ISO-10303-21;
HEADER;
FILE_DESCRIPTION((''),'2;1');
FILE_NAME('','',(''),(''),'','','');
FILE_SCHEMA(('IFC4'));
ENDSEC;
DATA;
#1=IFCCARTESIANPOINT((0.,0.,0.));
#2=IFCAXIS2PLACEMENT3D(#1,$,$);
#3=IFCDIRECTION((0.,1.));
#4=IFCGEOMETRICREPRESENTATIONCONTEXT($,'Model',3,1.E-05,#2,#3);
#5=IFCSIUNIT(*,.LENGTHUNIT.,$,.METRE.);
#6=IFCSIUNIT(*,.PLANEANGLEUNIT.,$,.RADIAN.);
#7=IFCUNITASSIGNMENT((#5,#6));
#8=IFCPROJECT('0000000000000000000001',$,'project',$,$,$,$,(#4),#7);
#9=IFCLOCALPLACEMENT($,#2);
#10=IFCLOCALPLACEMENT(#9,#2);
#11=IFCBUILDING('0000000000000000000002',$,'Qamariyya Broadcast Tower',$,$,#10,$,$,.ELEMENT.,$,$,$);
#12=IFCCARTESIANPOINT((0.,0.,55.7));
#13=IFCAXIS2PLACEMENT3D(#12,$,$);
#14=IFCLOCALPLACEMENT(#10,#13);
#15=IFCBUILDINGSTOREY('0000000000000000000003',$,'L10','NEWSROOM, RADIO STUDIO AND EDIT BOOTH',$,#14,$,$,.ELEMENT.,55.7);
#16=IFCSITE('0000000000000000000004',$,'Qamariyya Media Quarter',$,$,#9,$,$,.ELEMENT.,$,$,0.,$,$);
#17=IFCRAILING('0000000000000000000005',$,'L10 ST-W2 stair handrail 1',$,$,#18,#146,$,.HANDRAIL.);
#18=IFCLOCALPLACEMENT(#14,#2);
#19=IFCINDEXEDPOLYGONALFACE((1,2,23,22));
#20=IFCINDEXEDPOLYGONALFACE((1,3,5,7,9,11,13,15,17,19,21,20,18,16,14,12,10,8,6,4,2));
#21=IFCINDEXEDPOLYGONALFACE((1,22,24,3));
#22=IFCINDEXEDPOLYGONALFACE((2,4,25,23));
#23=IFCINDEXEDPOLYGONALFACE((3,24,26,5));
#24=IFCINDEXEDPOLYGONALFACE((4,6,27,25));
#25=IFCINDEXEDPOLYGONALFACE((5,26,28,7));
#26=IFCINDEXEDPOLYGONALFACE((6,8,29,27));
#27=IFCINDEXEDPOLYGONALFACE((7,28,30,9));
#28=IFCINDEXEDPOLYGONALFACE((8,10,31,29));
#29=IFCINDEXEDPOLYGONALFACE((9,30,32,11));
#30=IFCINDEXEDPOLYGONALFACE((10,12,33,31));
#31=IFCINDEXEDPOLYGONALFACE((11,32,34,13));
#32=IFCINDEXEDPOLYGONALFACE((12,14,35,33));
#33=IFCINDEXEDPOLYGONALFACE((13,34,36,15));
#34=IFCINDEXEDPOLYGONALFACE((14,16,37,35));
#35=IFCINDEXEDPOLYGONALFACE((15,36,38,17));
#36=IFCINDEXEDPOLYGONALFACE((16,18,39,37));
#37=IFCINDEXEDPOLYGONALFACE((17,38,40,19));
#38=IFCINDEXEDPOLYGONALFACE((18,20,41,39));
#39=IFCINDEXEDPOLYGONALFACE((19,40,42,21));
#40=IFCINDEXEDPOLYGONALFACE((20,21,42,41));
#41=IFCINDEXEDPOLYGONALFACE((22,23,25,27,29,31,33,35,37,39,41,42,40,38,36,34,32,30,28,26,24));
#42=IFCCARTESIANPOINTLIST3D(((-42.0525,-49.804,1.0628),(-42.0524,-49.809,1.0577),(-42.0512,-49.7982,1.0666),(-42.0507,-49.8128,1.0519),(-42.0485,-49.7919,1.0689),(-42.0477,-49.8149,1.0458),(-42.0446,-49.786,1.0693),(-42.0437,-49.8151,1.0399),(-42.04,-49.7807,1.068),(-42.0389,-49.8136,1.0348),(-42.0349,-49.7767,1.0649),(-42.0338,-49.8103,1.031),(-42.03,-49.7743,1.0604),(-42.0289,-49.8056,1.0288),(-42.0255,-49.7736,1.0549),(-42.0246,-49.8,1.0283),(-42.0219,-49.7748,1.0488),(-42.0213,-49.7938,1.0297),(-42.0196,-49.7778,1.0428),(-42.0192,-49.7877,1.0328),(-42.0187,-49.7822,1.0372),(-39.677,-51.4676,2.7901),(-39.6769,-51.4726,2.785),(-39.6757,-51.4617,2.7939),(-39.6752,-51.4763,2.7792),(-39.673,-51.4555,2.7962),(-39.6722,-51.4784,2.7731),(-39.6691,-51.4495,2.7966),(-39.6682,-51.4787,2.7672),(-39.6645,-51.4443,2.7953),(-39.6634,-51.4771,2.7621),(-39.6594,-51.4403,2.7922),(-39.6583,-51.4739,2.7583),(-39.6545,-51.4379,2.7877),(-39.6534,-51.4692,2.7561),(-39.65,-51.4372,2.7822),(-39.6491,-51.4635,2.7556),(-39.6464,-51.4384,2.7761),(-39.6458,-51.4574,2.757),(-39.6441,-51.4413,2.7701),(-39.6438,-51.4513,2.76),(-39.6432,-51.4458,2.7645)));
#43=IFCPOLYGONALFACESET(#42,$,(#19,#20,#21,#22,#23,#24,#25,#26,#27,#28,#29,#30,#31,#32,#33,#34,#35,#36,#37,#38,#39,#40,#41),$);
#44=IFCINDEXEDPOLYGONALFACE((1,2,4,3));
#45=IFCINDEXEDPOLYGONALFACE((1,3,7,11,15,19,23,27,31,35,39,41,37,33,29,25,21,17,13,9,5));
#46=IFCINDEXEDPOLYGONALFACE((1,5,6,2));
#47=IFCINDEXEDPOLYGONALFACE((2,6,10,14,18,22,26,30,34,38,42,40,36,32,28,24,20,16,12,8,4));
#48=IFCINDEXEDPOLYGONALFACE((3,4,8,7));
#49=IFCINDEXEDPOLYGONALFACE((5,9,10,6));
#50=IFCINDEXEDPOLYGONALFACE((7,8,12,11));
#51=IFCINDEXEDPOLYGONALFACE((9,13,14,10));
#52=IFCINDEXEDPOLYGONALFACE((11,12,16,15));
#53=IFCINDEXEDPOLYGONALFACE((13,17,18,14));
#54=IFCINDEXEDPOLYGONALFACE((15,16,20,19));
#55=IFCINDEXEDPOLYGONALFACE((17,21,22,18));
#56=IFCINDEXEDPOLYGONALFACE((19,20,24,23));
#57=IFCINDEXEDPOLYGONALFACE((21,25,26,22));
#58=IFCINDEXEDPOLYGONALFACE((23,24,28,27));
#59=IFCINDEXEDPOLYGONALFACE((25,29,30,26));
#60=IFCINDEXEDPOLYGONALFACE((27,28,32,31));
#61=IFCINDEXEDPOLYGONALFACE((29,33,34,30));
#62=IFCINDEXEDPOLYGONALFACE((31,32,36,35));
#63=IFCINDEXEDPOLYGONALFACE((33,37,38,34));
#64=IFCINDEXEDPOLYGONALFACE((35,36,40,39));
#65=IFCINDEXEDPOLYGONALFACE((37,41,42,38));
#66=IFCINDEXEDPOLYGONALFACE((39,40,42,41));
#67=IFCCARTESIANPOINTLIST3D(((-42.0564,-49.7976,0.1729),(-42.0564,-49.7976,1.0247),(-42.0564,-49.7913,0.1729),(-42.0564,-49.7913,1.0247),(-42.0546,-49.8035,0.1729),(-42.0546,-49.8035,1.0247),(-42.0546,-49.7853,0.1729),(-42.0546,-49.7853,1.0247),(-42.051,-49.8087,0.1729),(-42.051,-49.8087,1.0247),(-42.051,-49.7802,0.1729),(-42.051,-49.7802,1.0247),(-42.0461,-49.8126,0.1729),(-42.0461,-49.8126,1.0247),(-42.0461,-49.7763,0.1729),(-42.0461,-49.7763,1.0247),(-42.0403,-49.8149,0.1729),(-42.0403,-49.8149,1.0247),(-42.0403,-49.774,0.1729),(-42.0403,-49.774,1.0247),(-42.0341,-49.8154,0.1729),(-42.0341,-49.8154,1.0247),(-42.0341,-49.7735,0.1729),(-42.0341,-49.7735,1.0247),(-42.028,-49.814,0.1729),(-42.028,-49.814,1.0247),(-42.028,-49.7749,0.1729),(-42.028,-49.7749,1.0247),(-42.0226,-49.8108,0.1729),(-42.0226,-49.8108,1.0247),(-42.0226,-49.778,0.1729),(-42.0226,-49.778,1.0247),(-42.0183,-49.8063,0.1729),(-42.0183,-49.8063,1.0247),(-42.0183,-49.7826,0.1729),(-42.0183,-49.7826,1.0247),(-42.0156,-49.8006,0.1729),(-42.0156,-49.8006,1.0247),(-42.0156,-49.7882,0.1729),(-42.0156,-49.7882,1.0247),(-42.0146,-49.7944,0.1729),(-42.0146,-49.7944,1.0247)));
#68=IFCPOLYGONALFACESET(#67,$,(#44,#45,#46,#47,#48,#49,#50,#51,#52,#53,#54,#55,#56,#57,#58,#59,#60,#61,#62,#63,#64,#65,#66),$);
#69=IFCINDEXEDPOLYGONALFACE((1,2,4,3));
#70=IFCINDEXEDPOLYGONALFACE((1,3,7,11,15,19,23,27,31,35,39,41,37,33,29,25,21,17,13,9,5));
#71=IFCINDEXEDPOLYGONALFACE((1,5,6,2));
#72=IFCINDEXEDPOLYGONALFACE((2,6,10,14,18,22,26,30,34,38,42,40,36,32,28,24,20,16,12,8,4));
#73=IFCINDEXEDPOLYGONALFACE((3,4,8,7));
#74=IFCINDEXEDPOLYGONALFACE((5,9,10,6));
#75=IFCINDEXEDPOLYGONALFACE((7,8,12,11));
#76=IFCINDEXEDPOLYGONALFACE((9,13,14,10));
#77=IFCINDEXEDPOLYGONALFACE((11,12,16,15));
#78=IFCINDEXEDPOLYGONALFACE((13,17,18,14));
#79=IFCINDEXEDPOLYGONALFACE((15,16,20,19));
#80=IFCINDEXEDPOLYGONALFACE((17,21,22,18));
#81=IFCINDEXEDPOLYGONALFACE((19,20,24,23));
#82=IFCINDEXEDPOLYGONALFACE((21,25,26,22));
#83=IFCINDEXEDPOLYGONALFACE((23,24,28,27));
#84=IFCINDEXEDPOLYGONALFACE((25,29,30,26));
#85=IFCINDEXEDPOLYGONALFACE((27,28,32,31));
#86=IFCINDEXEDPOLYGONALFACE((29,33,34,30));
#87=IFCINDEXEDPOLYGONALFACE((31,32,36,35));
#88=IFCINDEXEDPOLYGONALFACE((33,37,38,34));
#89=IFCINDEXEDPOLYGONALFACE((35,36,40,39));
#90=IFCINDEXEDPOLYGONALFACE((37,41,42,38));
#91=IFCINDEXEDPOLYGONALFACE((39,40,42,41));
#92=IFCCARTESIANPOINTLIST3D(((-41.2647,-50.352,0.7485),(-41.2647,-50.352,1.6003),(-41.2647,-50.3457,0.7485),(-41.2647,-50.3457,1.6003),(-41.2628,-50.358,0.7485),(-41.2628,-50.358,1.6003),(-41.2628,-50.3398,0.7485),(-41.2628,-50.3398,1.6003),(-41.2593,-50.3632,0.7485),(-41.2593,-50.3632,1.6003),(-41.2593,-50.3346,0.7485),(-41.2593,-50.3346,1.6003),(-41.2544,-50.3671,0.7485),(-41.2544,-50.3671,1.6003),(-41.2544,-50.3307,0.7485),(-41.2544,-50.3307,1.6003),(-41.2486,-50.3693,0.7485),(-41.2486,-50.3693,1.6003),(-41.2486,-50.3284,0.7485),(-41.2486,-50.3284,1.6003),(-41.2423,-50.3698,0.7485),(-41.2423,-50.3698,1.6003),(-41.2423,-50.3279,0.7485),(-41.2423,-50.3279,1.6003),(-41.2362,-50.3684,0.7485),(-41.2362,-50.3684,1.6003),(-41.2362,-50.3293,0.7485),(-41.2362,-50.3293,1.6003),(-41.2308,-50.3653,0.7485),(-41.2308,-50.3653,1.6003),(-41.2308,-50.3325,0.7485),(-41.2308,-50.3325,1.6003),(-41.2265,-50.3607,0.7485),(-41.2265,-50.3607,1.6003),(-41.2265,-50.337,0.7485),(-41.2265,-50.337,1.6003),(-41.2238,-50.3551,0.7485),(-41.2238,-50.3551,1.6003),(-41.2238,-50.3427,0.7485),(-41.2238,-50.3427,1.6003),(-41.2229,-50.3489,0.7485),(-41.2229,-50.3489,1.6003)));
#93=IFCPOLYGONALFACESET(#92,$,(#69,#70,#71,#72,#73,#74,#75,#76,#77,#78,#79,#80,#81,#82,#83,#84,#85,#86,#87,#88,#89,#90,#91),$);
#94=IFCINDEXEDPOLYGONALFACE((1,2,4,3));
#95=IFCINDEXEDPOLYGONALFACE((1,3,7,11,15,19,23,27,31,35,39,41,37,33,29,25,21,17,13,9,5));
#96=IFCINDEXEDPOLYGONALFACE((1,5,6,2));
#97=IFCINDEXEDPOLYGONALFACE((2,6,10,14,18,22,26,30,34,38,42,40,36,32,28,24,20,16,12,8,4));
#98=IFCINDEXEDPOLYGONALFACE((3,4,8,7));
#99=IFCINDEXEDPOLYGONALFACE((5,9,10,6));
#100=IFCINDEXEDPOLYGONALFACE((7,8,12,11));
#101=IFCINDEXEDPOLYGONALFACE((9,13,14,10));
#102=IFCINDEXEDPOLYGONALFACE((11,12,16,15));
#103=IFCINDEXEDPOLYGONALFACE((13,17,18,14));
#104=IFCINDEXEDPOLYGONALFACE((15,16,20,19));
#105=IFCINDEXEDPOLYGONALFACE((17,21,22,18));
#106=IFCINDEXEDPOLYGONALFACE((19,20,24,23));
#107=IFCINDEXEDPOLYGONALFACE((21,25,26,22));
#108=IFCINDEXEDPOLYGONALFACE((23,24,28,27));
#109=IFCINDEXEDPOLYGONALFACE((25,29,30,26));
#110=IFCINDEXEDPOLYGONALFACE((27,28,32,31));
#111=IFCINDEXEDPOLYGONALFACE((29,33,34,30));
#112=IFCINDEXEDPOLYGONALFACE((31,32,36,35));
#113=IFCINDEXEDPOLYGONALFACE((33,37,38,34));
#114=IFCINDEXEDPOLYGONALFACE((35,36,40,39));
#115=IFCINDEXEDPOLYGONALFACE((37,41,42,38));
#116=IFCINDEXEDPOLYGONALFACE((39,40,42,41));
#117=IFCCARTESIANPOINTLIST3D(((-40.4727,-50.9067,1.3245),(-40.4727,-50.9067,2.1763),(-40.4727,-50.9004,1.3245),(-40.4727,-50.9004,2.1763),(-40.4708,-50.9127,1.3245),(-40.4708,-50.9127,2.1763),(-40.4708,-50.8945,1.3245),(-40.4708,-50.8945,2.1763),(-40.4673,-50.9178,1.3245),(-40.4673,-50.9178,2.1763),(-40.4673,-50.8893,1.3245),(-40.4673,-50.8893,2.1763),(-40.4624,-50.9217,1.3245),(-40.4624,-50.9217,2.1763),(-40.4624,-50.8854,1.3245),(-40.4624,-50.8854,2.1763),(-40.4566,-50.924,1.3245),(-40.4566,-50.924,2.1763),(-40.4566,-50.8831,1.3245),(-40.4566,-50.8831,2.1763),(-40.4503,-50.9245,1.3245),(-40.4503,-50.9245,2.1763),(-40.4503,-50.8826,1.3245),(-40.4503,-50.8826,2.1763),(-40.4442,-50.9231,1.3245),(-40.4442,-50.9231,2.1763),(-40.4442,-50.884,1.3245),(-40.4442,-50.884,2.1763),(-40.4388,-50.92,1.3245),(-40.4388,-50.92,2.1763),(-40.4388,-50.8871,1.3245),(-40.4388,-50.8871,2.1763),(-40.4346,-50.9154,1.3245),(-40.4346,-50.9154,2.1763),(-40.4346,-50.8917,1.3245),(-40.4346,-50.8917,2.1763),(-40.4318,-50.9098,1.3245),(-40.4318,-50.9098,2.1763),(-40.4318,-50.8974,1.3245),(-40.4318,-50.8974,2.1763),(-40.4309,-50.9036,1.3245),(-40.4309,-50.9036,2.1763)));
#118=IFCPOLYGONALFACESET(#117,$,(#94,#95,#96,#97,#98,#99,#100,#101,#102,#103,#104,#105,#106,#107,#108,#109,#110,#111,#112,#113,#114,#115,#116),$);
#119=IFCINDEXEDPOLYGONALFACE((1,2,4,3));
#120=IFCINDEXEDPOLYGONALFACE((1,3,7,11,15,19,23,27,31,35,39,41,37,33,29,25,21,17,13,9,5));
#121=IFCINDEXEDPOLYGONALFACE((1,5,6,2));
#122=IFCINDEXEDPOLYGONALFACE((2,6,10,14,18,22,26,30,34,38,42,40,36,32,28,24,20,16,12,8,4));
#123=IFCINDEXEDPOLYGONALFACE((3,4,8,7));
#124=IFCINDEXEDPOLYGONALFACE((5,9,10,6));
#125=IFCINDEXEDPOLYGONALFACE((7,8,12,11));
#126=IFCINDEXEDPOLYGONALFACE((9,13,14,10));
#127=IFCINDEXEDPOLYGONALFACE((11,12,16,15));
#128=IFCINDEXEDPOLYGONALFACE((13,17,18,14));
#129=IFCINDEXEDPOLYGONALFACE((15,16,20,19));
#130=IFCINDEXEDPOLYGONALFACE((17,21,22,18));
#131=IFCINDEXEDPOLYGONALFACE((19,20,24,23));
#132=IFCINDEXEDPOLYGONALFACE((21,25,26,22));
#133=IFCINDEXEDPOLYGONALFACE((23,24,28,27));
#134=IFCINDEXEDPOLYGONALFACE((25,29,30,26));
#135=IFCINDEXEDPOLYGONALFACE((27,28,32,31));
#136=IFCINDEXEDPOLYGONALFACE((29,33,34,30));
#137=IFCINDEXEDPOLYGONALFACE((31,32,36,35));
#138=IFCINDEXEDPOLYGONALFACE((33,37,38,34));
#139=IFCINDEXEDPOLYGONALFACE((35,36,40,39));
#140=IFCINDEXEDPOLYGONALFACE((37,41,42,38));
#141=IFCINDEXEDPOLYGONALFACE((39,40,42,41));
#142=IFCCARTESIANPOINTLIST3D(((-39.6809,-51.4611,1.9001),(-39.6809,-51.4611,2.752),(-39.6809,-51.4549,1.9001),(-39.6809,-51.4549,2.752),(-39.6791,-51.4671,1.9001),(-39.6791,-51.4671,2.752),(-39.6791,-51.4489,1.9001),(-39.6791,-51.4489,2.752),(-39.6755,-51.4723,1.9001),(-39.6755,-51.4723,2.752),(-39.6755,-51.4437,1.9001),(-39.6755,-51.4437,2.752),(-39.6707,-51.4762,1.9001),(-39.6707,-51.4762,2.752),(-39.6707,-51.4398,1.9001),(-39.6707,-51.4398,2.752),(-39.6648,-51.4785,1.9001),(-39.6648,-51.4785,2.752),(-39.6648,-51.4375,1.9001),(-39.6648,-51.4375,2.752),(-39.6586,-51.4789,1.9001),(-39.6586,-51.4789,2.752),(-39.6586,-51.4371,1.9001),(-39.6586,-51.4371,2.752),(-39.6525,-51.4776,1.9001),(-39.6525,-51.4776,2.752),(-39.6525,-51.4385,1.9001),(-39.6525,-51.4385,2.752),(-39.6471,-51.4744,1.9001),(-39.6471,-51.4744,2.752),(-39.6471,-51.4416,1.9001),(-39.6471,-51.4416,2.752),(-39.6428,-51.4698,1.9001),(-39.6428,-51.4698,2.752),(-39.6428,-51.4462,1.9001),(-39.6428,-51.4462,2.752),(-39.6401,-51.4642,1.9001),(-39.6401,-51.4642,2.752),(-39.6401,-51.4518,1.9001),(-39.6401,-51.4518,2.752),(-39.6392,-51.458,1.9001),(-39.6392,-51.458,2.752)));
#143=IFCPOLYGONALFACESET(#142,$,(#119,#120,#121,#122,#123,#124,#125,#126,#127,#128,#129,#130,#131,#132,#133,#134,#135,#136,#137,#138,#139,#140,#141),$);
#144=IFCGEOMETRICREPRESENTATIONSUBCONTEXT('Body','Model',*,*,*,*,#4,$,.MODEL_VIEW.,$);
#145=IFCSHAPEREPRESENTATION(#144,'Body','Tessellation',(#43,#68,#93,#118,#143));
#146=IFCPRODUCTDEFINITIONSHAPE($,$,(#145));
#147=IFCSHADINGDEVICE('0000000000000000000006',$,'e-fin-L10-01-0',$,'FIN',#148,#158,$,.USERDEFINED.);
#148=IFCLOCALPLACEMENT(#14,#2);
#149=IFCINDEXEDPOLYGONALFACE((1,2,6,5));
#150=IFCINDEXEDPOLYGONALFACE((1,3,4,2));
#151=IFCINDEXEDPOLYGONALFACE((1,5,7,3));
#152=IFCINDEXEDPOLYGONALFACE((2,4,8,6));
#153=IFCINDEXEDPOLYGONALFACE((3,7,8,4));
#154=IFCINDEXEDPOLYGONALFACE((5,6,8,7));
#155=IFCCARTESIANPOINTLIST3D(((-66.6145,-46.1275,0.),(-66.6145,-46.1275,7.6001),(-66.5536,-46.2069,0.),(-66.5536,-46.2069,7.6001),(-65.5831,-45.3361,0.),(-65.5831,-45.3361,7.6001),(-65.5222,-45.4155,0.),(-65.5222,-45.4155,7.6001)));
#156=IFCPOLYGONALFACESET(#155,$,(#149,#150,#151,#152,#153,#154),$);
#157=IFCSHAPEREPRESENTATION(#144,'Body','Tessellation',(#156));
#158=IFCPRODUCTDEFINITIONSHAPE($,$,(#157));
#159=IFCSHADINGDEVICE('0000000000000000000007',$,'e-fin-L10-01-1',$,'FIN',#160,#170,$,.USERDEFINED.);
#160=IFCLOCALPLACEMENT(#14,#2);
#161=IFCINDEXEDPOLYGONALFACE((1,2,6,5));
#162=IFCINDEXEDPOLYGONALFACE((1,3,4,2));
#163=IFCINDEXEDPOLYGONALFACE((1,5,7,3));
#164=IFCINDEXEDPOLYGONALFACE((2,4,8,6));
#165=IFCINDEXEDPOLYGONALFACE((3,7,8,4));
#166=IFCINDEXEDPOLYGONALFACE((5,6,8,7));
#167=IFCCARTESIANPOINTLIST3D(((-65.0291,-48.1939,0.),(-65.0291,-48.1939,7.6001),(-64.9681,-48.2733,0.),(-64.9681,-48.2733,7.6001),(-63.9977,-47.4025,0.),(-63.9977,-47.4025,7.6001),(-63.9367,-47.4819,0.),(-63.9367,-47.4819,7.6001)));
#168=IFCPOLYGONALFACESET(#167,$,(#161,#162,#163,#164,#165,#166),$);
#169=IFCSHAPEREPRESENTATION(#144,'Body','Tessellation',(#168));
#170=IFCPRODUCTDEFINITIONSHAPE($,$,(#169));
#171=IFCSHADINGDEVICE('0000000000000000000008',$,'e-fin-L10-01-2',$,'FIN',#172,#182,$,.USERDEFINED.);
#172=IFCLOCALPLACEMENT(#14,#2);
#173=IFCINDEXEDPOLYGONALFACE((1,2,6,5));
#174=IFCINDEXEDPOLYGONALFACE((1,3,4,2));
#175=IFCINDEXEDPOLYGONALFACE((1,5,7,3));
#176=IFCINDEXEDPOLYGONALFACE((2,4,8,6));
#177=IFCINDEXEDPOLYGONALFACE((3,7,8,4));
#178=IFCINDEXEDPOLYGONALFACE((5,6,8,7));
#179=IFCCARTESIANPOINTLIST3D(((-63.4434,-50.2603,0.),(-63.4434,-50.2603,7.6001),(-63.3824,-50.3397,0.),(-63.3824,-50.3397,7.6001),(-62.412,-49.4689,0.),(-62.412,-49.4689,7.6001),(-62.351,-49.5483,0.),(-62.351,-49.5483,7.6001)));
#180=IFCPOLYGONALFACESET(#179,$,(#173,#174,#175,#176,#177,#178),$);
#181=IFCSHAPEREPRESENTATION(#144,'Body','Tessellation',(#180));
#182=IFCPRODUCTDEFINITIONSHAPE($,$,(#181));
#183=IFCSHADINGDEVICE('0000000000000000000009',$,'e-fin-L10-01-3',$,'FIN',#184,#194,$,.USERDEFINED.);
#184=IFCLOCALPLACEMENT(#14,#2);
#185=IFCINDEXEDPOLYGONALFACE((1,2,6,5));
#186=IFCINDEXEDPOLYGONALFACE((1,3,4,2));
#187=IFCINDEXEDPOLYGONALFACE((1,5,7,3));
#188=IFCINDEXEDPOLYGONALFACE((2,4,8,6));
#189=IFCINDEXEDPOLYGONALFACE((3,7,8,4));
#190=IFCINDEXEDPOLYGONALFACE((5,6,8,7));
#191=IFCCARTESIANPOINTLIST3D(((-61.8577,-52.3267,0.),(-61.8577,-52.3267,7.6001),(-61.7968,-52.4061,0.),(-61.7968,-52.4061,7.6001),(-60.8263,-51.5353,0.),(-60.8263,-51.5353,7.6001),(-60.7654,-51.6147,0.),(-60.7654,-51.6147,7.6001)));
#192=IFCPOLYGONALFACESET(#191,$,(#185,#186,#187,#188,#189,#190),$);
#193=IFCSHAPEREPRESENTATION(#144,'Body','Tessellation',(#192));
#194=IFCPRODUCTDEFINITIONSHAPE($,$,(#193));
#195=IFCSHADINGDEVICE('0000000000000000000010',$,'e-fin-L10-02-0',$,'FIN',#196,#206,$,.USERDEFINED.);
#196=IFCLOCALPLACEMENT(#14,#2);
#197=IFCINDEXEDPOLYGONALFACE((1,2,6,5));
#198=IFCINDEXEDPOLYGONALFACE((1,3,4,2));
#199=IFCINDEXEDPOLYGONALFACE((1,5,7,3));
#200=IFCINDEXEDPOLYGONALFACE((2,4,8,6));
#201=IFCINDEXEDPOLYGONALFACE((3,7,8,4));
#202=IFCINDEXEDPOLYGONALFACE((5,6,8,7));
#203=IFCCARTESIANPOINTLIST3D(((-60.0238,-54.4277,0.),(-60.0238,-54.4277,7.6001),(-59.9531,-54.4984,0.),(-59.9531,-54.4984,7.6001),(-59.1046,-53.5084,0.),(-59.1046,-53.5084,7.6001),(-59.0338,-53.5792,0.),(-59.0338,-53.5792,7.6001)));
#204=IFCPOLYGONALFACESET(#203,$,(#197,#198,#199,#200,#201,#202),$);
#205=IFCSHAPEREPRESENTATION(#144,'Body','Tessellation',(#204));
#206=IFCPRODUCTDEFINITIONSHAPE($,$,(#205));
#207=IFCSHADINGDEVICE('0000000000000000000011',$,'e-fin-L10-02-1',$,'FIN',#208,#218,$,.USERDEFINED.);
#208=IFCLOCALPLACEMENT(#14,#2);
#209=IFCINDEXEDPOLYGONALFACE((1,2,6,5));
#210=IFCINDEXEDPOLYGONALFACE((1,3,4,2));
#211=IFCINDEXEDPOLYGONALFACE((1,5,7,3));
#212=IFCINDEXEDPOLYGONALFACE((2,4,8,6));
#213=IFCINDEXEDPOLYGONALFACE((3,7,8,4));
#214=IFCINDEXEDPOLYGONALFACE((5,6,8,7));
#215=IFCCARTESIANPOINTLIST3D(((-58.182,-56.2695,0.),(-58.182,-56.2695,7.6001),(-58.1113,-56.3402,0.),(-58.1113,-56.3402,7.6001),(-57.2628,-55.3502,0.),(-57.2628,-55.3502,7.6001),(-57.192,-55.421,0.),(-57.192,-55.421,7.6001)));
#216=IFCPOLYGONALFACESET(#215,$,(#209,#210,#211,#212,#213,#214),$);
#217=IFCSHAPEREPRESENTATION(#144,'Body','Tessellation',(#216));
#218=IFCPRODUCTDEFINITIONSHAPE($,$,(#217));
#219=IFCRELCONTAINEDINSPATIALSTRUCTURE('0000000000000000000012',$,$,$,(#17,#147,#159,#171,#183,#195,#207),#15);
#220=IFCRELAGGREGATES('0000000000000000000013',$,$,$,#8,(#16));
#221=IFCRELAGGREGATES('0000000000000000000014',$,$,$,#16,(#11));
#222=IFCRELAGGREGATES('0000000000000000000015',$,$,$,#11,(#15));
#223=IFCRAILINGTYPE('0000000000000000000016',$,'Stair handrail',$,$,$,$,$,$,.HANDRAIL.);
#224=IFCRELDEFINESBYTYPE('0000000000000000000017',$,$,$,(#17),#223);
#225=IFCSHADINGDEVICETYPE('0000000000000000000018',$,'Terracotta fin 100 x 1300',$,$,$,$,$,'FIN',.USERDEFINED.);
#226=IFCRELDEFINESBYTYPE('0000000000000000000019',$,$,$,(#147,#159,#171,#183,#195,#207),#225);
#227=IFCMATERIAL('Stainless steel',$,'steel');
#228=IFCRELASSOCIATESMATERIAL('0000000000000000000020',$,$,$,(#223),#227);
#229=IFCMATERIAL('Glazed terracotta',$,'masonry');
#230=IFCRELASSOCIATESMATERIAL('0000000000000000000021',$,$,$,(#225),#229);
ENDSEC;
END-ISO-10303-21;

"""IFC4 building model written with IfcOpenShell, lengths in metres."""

from ifc_helpers import new_model, si_unit, direction, frame, origin, origin_2d, place, context, subcontext, project, spatial, rectangle, circle, extrude, material, material_profile, profile_set, type_object, element, save


model = new_model("IFC4")

# Units and contexts
model_context = context("Model", 3, precision=1e-05, world=origin(), true_north=direction((0.0, 1.0)))
body_context = subcontext(model_context, "Body", "Model", "MODEL_VIEW")
ifc_project = project(units=[si_unit("LENGTHUNIT", "METRE"), si_unit("PLANEANGLEUNIT", "RADIAN")], contexts=[model_context])

# Site, building, storey
site_placement = place(None, origin())
site = spatial("IfcSite", under=ifc_project, at=site_placement, Name="Qamariyya Media Quarter", CompositionType="ELEMENT", RefElevation=0.0)
building_placement = place(site_placement, origin())
building = spatial("IfcBuilding", under=site, at=building_placement, Name="Qamariyya Broadcast Tower", CompositionType="ELEMENT")
storey_placement = place(building_placement, frame((0.0, 0.0, 55.7)))
storey = spatial("IfcBuildingStorey", under=building, at=storey_placement, Name="L10", Description="NEWSROOM, RADIO STUDIO AND EDIT BOOTH", CompositionType="ELEMENT", Elevation=55.7)

# Railing
ifc_material_1 = material(Name="Stainless steel", Category="steel")
railing_type_1 = type_object("IfcRailingType", Name="Stair handrail", PredefinedType="HANDRAIL", material=ifc_material_1)
railing_1_placement = place(storey_placement, frame((-42.0356, -49.7944, 0.1729)))
element("IfcRailing", 1, at=railing_1_placement, inside=storey, type_object=railing_type_1, Name="L10 ST-W2 stair handrail 1", PredefinedType="HANDRAIL", context=body_context, shape_type="SweptSolid", body=[
    extrude(circle(Radius=0.0239, at=origin_2d()), frame((0.0, 0.0, 0.876), z_axis=(0.703745, -0.492838, 0.511716), x_axis=(0.573632, 0.819113, 0.0)), (0.0, 0.0, 1.0), 3.3755),
    extrude(circle(Radius=0.021, at=origin_2d()), origin(), (0.0, 0.0, 1.0), 0.8518),
    extrude(circle(Radius=0.021, at=origin_2d()), frame((0.7917, -0.5544, 0.5757)), (0.0, 0.0, 1.0), 0.8518),
    extrude(circle(Radius=0.021, at=origin_2d()), frame((1.5837, -1.1091, 1.1516)), (0.0, 0.0, 1.0), 0.8518),
    extrude(circle(Radius=0.021, at=origin_2d()), frame((2.3755, -1.6636, 1.7273)), (0.0, 0.0, 1.0), 0.8518),
])

# Shading devices
ifc_material_2 = material(Name="Glazed terracotta", Category="masonry")
ifc_material_profile_1 = material_profile(ifc_material_2, rectangle(XDim=1.3, YDim=0.1001, at=origin_2d()))
ifc_profile_set_1 = profile_set([ifc_material_profile_1], Name="Glazed terracotta")
shading_device_type_1 = type_object("IfcShadingDeviceType", Name="Terracotta fin 100 x 1300", ElementType="FIN", PredefinedType="USERDEFINED", material=ifc_profile_set_1)
for number, where, z_axis, x_axis, name in (
    (2, (-66.0684, -45.7715, 0.0), (0.0, 0.0, 1.0), (-0.793353, -0.608761, 0.0), "e-fin-L10-01-0"),
    (3, (-64.4829, -47.8379, 0.0), (0.0, 0.0, 1.0), (-0.793353, -0.608761, 0.0), "e-fin-L10-01-1"),
    (4, (-62.8972, -49.9043, 0.0), (0.0, 0.0, 1.0), (-0.793353, -0.608761, 0.0), "e-fin-L10-01-2"),
    (5, (-61.3115, -51.9707, 0.0), (0.0, 0.0, 1.0), (-0.793353, -0.608761, 0.0), "e-fin-L10-01-3"),
    (6, (-59.5288, -54.0034, 0.0), (0.0, 0.0, 1.0), (-0.707107, -0.707107, 0.0), "e-fin-L10-02-0"),
    (7, (-57.687, -55.8452, 0.0), (0.0, 0.0, 1.0), (-0.707107, -0.707107, 0.0), "e-fin-L10-02-1"),
):
    element("IfcShadingDevice", number, at=place(storey_placement, frame(where, z_axis=z_axis, x_axis=x_axis)), inside=storey, type_object=shading_device_type_1, Name=name, ObjectType="FIN", PredefinedType="USERDEFINED", context=body_context, shape_type="SweptSolid", body=[
        extrude(rectangle(XDim=1.3, YDim=0.1001, at=origin_2d()), origin(), (0.0, 0.0, 1.0), 7.6001),
    ])

save(model, "model.ifc")
